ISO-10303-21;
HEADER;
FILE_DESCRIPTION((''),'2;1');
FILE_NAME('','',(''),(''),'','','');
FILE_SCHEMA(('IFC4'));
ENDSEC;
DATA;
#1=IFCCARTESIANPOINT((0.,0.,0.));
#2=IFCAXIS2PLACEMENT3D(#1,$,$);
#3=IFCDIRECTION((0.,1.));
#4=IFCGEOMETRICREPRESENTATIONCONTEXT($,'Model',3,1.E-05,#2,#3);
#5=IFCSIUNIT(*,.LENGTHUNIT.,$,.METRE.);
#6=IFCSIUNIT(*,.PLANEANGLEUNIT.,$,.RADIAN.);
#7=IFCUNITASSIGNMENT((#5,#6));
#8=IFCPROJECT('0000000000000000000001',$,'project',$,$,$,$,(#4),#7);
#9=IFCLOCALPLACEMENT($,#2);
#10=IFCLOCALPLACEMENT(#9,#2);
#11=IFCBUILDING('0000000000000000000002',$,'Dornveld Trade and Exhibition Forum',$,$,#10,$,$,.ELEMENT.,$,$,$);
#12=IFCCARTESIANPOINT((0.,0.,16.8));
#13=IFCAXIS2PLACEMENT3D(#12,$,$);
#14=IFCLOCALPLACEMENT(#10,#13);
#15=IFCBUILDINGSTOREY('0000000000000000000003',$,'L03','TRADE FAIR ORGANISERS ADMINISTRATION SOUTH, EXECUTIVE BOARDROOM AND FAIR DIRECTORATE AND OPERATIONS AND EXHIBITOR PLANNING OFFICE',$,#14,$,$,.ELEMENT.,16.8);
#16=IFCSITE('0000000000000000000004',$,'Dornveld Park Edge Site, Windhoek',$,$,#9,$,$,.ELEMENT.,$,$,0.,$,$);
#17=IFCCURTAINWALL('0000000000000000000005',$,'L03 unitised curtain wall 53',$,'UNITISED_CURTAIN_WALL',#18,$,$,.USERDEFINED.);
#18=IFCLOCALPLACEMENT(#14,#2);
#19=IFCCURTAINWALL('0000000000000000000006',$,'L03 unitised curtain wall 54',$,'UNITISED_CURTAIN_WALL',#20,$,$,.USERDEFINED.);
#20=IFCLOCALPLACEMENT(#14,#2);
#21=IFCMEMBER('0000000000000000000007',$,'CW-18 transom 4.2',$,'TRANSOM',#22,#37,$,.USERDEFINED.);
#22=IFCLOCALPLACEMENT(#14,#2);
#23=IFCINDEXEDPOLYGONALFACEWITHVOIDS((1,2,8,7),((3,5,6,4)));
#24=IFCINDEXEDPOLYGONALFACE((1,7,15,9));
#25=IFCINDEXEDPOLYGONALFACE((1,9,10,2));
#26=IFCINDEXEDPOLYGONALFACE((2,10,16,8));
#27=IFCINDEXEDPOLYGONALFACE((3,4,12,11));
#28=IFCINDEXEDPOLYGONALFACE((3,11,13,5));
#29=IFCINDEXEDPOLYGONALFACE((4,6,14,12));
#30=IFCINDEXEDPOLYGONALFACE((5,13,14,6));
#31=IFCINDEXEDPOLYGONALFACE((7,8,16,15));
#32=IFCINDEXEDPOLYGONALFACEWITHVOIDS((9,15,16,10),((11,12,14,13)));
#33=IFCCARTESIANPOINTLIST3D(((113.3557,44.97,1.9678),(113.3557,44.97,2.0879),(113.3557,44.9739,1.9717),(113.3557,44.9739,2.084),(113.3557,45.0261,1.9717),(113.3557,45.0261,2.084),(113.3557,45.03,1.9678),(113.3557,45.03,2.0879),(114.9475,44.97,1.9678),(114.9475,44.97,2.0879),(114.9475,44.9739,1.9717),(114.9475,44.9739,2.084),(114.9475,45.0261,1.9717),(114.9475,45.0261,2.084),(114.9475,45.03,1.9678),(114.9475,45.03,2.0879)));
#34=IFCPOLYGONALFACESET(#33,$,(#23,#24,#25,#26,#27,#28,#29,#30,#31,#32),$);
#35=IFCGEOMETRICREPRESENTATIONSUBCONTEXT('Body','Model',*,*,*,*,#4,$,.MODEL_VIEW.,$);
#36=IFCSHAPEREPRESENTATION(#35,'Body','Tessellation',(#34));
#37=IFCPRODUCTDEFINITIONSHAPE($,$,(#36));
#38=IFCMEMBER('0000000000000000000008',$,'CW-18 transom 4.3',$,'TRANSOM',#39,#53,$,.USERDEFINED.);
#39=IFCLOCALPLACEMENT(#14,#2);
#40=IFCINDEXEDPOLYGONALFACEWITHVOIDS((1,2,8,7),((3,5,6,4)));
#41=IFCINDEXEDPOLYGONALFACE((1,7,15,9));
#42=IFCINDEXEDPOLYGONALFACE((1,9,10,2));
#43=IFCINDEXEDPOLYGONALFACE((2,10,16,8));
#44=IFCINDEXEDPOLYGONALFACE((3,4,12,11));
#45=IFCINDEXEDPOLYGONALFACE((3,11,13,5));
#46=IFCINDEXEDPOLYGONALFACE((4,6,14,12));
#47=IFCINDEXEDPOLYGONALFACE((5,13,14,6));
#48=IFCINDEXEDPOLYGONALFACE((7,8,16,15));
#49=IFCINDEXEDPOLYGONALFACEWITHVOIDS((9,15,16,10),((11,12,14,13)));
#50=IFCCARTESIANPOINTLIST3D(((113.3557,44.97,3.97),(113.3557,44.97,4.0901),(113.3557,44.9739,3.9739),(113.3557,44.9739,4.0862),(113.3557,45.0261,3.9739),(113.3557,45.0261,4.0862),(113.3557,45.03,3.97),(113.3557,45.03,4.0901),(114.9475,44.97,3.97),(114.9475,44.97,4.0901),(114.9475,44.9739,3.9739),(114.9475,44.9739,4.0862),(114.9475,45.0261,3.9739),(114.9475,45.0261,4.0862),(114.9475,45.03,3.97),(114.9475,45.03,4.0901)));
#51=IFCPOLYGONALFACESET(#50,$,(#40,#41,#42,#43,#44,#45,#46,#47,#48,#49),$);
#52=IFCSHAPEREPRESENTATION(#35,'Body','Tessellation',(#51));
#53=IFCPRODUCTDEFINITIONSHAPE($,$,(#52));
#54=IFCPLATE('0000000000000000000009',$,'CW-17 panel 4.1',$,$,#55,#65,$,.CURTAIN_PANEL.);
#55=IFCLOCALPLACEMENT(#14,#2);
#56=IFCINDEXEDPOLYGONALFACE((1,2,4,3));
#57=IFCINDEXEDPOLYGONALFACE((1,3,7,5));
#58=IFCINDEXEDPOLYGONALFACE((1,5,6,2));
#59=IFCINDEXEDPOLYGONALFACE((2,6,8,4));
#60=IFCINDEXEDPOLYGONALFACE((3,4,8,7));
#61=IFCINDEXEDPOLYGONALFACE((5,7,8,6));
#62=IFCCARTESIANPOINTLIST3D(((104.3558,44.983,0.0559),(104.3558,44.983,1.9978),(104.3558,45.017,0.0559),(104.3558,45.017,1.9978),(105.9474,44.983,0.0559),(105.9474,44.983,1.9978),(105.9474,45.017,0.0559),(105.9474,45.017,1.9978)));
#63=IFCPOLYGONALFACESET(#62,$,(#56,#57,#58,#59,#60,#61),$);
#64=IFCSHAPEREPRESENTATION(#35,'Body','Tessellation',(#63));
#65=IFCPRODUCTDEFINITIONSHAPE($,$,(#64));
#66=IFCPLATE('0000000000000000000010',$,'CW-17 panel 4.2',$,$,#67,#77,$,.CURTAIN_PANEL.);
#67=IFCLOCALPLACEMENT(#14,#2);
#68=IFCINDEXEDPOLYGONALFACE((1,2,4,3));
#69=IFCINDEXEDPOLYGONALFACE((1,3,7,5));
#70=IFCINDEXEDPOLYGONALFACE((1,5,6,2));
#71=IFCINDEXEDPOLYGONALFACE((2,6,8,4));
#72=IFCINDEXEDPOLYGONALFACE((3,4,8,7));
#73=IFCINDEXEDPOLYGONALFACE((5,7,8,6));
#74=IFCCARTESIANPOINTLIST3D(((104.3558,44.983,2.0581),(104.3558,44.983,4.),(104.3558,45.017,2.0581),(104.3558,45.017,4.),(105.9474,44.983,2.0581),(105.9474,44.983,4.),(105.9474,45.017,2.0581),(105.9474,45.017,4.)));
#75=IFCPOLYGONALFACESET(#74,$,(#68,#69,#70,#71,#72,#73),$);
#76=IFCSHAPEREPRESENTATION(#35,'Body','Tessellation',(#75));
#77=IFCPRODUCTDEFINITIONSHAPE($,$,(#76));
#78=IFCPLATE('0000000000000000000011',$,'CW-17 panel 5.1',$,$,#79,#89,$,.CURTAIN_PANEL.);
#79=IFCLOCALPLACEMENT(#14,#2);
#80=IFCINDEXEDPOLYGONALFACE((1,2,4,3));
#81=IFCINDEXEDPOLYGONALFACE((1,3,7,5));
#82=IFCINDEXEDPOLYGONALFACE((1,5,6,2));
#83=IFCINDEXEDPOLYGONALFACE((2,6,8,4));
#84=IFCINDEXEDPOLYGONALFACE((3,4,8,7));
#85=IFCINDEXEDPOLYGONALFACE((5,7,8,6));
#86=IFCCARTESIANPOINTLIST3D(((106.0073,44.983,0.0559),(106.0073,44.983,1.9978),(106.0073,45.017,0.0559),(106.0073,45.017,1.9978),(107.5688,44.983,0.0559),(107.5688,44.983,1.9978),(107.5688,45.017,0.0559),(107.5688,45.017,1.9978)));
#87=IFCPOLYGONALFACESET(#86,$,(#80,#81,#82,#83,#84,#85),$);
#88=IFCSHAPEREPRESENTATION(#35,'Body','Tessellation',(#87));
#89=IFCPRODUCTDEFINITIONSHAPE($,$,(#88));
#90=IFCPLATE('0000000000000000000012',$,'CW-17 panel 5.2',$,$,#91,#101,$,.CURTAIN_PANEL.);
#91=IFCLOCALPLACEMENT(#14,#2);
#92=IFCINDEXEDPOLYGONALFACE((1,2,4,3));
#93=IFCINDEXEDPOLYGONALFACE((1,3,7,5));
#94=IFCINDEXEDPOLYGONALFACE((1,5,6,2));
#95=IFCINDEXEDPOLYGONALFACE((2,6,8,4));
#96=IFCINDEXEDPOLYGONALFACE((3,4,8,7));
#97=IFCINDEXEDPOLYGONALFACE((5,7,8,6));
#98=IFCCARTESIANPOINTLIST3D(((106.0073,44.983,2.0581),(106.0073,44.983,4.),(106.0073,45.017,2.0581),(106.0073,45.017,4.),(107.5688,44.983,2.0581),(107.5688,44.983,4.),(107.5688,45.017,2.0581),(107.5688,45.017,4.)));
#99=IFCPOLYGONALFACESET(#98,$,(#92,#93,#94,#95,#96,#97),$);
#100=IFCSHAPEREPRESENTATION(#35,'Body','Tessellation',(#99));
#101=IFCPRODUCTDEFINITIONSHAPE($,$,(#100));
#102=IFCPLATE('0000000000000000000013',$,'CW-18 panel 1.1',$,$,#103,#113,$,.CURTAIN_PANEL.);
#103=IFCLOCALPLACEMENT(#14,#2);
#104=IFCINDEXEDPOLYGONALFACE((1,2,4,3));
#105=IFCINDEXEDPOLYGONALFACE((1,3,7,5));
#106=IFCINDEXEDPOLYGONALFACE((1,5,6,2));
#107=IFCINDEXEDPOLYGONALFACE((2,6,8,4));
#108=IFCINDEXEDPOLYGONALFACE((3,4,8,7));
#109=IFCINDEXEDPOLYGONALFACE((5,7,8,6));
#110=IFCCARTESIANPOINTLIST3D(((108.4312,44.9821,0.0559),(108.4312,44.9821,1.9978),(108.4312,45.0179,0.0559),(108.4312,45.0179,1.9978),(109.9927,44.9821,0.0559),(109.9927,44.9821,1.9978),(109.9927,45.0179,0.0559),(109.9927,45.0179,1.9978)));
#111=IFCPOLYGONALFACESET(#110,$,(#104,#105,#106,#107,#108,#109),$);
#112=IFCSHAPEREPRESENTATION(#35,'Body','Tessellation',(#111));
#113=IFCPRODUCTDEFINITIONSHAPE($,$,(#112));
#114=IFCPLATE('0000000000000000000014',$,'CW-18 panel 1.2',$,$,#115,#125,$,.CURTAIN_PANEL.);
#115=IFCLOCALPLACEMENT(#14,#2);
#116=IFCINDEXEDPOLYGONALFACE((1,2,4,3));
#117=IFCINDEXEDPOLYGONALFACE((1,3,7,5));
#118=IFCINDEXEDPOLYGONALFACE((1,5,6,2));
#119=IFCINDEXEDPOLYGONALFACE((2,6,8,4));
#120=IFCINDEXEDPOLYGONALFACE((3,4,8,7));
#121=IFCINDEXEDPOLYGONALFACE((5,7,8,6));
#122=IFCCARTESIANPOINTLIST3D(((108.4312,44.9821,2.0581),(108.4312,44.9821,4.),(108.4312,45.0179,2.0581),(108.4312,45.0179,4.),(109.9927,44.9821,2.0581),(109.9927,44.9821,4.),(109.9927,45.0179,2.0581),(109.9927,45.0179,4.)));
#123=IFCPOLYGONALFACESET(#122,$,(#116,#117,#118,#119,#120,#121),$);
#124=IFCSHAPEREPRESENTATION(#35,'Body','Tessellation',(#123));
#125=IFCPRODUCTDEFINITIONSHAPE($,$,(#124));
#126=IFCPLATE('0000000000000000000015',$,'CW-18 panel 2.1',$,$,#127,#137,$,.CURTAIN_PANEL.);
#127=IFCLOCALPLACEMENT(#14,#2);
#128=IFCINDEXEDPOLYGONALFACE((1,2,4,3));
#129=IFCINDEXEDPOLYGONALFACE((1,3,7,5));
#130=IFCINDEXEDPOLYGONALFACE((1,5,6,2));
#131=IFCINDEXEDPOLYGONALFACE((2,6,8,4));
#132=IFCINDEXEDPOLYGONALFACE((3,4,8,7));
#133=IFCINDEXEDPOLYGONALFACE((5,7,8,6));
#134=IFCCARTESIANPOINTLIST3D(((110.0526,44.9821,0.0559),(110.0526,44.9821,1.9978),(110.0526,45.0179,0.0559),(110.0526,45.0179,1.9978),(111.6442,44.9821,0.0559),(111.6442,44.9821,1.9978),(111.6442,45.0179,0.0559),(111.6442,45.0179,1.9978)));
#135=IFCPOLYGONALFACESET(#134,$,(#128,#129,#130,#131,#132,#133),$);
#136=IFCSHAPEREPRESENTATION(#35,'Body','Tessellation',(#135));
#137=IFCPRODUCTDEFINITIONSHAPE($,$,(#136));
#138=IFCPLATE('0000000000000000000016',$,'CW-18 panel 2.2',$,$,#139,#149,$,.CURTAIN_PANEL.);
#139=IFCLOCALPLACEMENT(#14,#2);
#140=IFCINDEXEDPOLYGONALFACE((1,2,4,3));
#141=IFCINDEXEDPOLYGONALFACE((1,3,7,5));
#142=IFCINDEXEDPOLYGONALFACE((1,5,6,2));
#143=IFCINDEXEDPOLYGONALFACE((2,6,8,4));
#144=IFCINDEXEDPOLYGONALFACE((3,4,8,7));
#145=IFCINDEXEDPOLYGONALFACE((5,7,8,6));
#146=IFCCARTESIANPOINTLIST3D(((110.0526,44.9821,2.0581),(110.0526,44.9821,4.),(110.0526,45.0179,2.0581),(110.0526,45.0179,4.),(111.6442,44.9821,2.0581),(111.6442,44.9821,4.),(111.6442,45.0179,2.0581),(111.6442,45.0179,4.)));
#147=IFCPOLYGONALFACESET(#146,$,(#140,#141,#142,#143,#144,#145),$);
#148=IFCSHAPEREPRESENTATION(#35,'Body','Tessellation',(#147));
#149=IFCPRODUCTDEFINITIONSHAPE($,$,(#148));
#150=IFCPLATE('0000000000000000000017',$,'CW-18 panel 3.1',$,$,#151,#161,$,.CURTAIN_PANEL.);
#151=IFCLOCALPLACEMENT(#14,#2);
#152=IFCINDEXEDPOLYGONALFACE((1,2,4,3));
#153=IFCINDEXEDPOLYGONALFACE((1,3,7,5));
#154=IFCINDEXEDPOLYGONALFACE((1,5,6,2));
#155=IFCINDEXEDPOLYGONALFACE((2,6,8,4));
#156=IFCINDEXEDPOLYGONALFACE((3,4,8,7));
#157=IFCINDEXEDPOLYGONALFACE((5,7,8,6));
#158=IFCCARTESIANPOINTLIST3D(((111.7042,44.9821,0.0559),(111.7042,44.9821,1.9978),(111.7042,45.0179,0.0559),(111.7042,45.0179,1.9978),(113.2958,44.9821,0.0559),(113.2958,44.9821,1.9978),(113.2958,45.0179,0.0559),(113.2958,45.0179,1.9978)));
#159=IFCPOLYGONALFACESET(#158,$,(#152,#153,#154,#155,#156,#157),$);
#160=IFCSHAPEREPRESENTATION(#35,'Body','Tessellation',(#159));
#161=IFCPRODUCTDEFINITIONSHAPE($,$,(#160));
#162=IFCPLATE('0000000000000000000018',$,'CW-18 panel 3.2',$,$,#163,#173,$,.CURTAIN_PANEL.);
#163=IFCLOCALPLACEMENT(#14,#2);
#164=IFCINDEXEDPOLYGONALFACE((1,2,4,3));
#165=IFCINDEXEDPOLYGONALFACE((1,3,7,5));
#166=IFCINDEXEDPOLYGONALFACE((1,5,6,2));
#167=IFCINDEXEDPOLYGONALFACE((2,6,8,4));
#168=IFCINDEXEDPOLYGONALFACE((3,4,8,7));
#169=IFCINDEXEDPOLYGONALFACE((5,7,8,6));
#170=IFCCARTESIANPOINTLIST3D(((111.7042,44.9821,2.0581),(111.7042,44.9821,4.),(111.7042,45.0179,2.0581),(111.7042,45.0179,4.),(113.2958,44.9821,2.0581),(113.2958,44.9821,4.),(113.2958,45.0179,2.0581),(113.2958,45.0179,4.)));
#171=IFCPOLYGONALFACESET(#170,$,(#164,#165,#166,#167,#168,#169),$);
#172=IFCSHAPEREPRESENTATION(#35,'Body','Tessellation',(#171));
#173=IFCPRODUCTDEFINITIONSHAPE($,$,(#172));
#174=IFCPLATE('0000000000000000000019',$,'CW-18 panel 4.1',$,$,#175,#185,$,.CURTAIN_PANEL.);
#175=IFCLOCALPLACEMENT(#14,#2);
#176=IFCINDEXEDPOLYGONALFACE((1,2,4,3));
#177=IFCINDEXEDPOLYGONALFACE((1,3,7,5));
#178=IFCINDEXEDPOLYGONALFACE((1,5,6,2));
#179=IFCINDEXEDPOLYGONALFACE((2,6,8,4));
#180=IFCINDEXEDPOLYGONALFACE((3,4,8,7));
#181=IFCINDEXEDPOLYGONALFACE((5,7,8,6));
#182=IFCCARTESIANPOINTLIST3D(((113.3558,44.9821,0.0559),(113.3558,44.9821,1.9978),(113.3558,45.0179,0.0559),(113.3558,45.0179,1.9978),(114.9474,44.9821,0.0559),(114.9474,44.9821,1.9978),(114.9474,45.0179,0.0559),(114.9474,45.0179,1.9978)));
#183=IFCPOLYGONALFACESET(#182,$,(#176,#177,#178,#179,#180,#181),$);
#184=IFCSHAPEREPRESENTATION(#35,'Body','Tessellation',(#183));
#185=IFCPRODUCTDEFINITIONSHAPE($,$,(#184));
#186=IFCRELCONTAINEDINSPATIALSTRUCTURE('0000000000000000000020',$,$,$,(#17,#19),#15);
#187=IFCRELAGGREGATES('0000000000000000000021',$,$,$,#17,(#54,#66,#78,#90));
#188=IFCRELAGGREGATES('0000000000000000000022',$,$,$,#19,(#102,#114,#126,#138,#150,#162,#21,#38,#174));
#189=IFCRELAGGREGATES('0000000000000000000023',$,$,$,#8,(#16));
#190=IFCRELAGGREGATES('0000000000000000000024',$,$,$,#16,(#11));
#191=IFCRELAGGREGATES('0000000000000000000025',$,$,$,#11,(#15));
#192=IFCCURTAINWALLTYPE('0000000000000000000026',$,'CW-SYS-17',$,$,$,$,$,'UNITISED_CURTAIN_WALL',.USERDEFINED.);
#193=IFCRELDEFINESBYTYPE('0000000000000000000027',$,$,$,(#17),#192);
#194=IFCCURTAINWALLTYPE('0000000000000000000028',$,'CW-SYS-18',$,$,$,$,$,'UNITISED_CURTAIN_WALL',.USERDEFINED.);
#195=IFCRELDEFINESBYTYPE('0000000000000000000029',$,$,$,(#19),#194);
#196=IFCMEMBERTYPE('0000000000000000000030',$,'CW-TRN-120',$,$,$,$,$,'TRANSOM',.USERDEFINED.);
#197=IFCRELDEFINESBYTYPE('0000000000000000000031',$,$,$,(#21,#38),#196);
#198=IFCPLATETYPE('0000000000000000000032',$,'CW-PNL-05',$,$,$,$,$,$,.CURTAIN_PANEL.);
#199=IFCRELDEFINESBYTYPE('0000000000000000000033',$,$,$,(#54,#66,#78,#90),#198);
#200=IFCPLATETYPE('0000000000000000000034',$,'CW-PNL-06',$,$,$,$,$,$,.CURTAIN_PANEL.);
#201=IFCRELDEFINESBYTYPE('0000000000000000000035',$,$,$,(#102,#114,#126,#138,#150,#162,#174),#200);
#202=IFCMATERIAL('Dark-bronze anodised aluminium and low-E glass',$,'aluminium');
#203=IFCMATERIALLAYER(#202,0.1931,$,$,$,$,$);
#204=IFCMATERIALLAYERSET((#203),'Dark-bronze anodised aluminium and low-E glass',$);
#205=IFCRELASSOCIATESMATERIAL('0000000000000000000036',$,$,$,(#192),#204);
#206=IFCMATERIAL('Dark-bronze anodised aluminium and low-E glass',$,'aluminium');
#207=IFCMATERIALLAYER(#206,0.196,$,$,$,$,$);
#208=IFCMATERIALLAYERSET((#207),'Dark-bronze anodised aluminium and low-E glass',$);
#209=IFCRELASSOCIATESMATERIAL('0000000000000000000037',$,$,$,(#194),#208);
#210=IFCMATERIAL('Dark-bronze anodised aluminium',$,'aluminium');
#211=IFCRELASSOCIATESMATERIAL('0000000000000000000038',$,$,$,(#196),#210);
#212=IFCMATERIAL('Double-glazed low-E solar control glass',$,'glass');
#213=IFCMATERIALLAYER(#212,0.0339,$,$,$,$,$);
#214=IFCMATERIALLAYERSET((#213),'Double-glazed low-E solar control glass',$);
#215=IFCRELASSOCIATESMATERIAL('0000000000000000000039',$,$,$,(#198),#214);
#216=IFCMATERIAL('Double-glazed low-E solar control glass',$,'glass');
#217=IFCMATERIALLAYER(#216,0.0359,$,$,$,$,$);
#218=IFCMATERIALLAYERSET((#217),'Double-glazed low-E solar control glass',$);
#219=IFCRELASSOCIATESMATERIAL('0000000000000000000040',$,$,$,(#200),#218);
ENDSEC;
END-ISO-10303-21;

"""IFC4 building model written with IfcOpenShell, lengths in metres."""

from ifc_helpers import new_model, si_unit, direction, frame, origin, origin_2d, place, context, subcontext, project, spatial, rectangle, hollow_rectangle, extrude, material, layer, layer_set, material_profile, profile_set, type_object, element, aggregate, save


model = new_model("IFC4")

# Units and contexts
model_context = context("Model", 3, precision=1e-05, world=origin(), true_north=direction((0.0, 1.0)))
body_context = subcontext(model_context, "Body", "Model", "MODEL_VIEW")
ifc_project = project(units=[si_unit("LENGTHUNIT", "METRE"), si_unit("PLANEANGLEUNIT", "RADIAN")], contexts=[model_context])

# Site, building, storey
site_placement = place(None, origin())
site = spatial("IfcSite", under=ifc_project, at=site_placement, Name="Dornveld Park Edge Site, Windhoek", CompositionType="ELEMENT", RefElevation=0.0)
building_placement = place(site_placement, origin())
building = spatial("IfcBuilding", under=site, at=building_placement, Name="Dornveld Trade and Exhibition Forum", CompositionType="ELEMENT")
storey_placement = place(building_placement, frame((0.0, 0.0, 16.8)))
storey = spatial("IfcBuildingStorey", under=building, at=storey_placement, Name="L03", Description="TRADE FAIR ORGANISERS ADMINISTRATION SOUTH, EXECUTIVE BOARDROOM AND FAIR DIRECTORATE AND OPERATIONS AND EXHIBITOR PLANNING OFFICE", CompositionType="ELEMENT", Elevation=16.8)

# Curtain walls
ifc_material_1 = material(Name="Dark-bronze anodised aluminium and low-E glass", Category="aluminium")
ifc_layer_1 = layer(ifc_material_1, 0.1931)
ifc_layer_set_1 = layer_set([ifc_layer_1], Name="Dark-bronze anodised aluminium and low-E glass")
curtain_wall_type_1 = type_object("IfcCurtainWallType", Name="CW-SYS-17", ElementType="UNITISED_CURTAIN_WALL", PredefinedType="USERDEFINED", material=ifc_layer_set_1)
curtain_wall_1_placement = place(storey_placement, origin())
curtain_wall_1 = element("IfcCurtainWall", 1, at=curtain_wall_1_placement, inside=storey, type_object=curtain_wall_type_1, Name="L03 unitised curtain wall 53", ObjectType="UNITISED_CURTAIN_WALL", PredefinedType="USERDEFINED")
ifc_material_2 = material(Name="Dark-bronze anodised aluminium and low-E glass", Category="aluminium")
ifc_layer_2 = layer(ifc_material_2, 0.196)
ifc_layer_set_2 = layer_set([ifc_layer_2], Name="Dark-bronze anodised aluminium and low-E glass")
curtain_wall_type_2 = type_object("IfcCurtainWallType", Name="CW-SYS-18", ElementType="UNITISED_CURTAIN_WALL", PredefinedType="USERDEFINED", material=ifc_layer_set_2)
curtain_wall_2_placement = place(storey_placement, origin())
curtain_wall_2 = element("IfcCurtainWall", 2, at=curtain_wall_2_placement, inside=storey, type_object=curtain_wall_type_2, Name="L03 unitised curtain wall 54", ObjectType="UNITISED_CURTAIN_WALL", PredefinedType="USERDEFINED")

# Members
ifc_material_3 = material(Name="Dark-bronze anodised aluminium", Category="aluminium")
ifc_material_profile_1 = material_profile(ifc_material_3, hollow_rectangle(XDim=0.0601, YDim=0.1201, WallThickness=0.0039, at=origin_2d()), Name="RHS 120x60x4")
ifc_profile_set_1 = profile_set([ifc_material_profile_1], Name="Dark-bronze anodised aluminium")
member_type_1 = type_object("IfcMemberType", Name="CW-TRN-120", ElementType="TRANSOM", PredefinedType="USERDEFINED", material=ifc_profile_set_1)
member_1_placement = place(storey_placement, frame((113.3557, 45.0, 2.0278), z_axis=(1.0, 0.0, 0.0), x_axis=(0.0, 1.0, 0.0)))
member_1 = element("IfcMember", 3, at=member_1_placement, type_object=member_type_1, Name="CW-18 transom 4.2", ObjectType="TRANSOM", PredefinedType="USERDEFINED", context=body_context, shape_type="SweptSolid", body=[
    extrude(hollow_rectangle(XDim=0.0601, YDim=0.1201, WallThickness=0.0039, at=origin_2d()), origin(), (0.0, 0.0, 1.0), 1.5918),
])
member_2_placement = place(storey_placement, frame((113.3557, 45.0, 4.03), z_axis=(1.0, 0.0, 0.0), x_axis=(0.0, 1.0, 0.0)))
member_2 = element("IfcMember", 4, at=member_2_placement, type_object=member_type_1, Name="CW-18 transom 4.3", ObjectType="TRANSOM", PredefinedType="USERDEFINED", context=body_context, shape_type="SweptSolid", body=[
    extrude(hollow_rectangle(XDim=0.0601, YDim=0.1201, WallThickness=0.0039, at=origin_2d()), origin(), (0.0, 0.0, 1.0), 1.5918),
])

# Plates
ifc_material_4 = material(Name="Double-glazed low-E solar control glass", Category="glass")
ifc_layer_3 = layer(ifc_material_4, 0.0339)
ifc_layer_set_3 = layer_set([ifc_layer_3], Name="Double-glazed low-E solar control glass")
plate_type_1 = type_object("IfcPlateType", Name="CW-PNL-05", PredefinedType="CURTAIN_PANEL", material=ifc_layer_set_3)
plate_1_placement = place(storey_placement, frame((105.1516, 45.0, 0.0559), z_axis=(0.0, 0.0, 1.0), x_axis=(1.0, 0.0, 0.0)))
plate_1 = element("IfcPlate", 5, at=plate_1_placement, type_object=plate_type_1, Name="CW-17 panel 4.1", PredefinedType="CURTAIN_PANEL", context=body_context, shape_type="SweptSolid", body=[
    extrude(rectangle(XDim=1.5916, YDim=0.0339, at=origin_2d()), origin(), (0.0, 0.0, 1.0), 1.9419),
])
plate_2_placement = place(storey_placement, frame((105.1516, 45.0, 2.0581), z_axis=(0.0, 0.0, 1.0), x_axis=(1.0, 0.0, 0.0)))
plate_2 = element("IfcPlate", 6, at=plate_2_placement, type_object=plate_type_1, Name="CW-17 panel 4.2", PredefinedType="CURTAIN_PANEL", context=body_context, shape_type="SweptSolid", body=[
    extrude(rectangle(XDim=1.5916, YDim=0.0339, at=origin_2d()), origin(), (0.0, 0.0, 1.0), 1.9419),
])
plate_3_placement = place(storey_placement, frame((106.7881, 45.0, 0.0559), z_axis=(0.0, 0.0, 1.0), x_axis=(1.0, 0.0, 0.0)))
plate_3 = element("IfcPlate", 7, at=plate_3_placement, type_object=plate_type_1, Name="CW-17 panel 5.1", PredefinedType="CURTAIN_PANEL", context=body_context, shape_type="SweptSolid", body=[
    extrude(rectangle(XDim=1.5615, YDim=0.0339, at=origin_2d()), origin(), (0.0, 0.0, 1.0), 1.9419),
])
plate_4_placement = place(storey_placement, frame((106.7881, 45.0, 2.0581), z_axis=(0.0, 0.0, 1.0), x_axis=(1.0, 0.0, 0.0)))
plate_4 = element("IfcPlate", 8, at=plate_4_placement, type_object=plate_type_1, Name="CW-17 panel 5.2", PredefinedType="CURTAIN_PANEL", context=body_context, shape_type="SweptSolid", body=[
    extrude(rectangle(XDim=1.5615, YDim=0.0339, at=origin_2d()), origin(), (0.0, 0.0, 1.0), 1.9419),
])
aggregate(curtain_wall_1, [plate_1, plate_2, plate_3, plate_4])
ifc_material_5 = material(Name="Double-glazed low-E solar control glass", Category="glass")
ifc_layer_4 = layer(ifc_material_5, 0.0359)
ifc_layer_set_4 = layer_set([ifc_layer_4], Name="Double-glazed low-E solar control glass")
plate_type_2 = type_object("IfcPlateType", Name="CW-PNL-06", PredefinedType="CURTAIN_PANEL", material=ifc_layer_set_4)
plate_5_placement = place(storey_placement, frame((109.2119, 45.0, 0.0559), z_axis=(0.0, 0.0, 1.0), x_axis=(1.0, 0.0, 0.0)))
plate_5 = element("IfcPlate", 9, at=plate_5_placement, type_object=plate_type_2, Name="CW-18 panel 1.1", PredefinedType="CURTAIN_PANEL", context=body_context, shape_type="SweptSolid", body=[
    extrude(rectangle(XDim=1.5615, YDim=0.0359, at=origin_2d()), origin(), (0.0, 0.0, 1.0), 1.9419),
])
plate_6_placement = place(storey_placement, frame((109.2119, 45.0, 2.0581), z_axis=(0.0, 0.0, 1.0), x_axis=(1.0, 0.0, 0.0)))
plate_6 = element("IfcPlate", 10, at=plate_6_placement, type_object=plate_type_2, Name="CW-18 panel 1.2", PredefinedType="CURTAIN_PANEL", context=body_context, shape_type="SweptSolid", body=[
    extrude(rectangle(XDim=1.5615, YDim=0.0359, at=origin_2d()), origin(), (0.0, 0.0, 1.0), 1.9419),
])
plate_7_placement = place(storey_placement, frame((110.8484, 45.0, 0.0559), z_axis=(0.0, 0.0, 1.0), x_axis=(1.0, 0.0, 0.0)))
plate_7 = element("IfcPlate", 11, at=plate_7_placement, type_object=plate_type_2, Name="CW-18 panel 2.1", PredefinedType="CURTAIN_PANEL", context=body_context, shape_type="SweptSolid", body=[
    extrude(rectangle(XDim=1.5916, YDim=0.0359, at=origin_2d()), origin(), (0.0, 0.0, 1.0), 1.9419),
])
plate_8_placement = place(storey_placement, frame((110.8484, 45.0, 2.0581), z_axis=(0.0, 0.0, 1.0), x_axis=(1.0, 0.0, 0.0)))
plate_8 = element("IfcPlate", 12, at=plate_8_placement, type_object=plate_type_2, Name="CW-18 panel 2.2", PredefinedType="CURTAIN_PANEL", context=body_context, shape_type="SweptSolid", body=[
    extrude(rectangle(XDim=1.5916, YDim=0.0359, at=origin_2d()), origin(), (0.0, 0.0, 1.0), 1.9419),
])
plate_9_placement = place(storey_placement, frame((112.5, 45.0, 0.0559), z_axis=(0.0, 0.0, 1.0), x_axis=(1.0, 0.0, 0.0)))
plate_9 = element("IfcPlate", 13, at=plate_9_placement, type_object=plate_type_2, Name="CW-18 panel 3.1", PredefinedType="CURTAIN_PANEL", context=body_context, shape_type="SweptSolid", body=[
    extrude(rectangle(XDim=1.5916, YDim=0.0359, at=origin_2d()), origin(), (0.0, 0.0, 1.0), 1.9419),
])
plate_10_placement = place(storey_placement, frame((112.5, 45.0, 2.0581), z_axis=(0.0, 0.0, 1.0), x_axis=(1.0, 0.0, 0.0)))
plate_10 = element("IfcPlate", 14, at=plate_10_placement, type_object=plate_type_2, Name="CW-18 panel 3.2", PredefinedType="CURTAIN_PANEL", context=body_context, shape_type="SweptSolid", body=[
    extrude(rectangle(XDim=1.5916, YDim=0.0359, at=origin_2d()), origin(), (0.0, 0.0, 1.0), 1.9419),
])
plate_11_placement = place(storey_placement, frame((114.1516, 45.0, 0.0559), z_axis=(0.0, 0.0, 1.0), x_axis=(1.0, 0.0, 0.0)))
plate_11 = element("IfcPlate", 15, at=plate_11_placement, type_object=plate_type_2, Name="CW-18 panel 4.1", PredefinedType="CURTAIN_PANEL", context=body_context, shape_type="SweptSolid", body=[
    extrude(rectangle(XDim=1.5916, YDim=0.0359, at=origin_2d()), origin(), (0.0, 0.0, 1.0), 1.9419),
])
aggregate(curtain_wall_2, [plate_5, plate_6, plate_7, plate_8, plate_9, plate_10, member_1, member_2, plate_11])

save(model, "model.ifc")
